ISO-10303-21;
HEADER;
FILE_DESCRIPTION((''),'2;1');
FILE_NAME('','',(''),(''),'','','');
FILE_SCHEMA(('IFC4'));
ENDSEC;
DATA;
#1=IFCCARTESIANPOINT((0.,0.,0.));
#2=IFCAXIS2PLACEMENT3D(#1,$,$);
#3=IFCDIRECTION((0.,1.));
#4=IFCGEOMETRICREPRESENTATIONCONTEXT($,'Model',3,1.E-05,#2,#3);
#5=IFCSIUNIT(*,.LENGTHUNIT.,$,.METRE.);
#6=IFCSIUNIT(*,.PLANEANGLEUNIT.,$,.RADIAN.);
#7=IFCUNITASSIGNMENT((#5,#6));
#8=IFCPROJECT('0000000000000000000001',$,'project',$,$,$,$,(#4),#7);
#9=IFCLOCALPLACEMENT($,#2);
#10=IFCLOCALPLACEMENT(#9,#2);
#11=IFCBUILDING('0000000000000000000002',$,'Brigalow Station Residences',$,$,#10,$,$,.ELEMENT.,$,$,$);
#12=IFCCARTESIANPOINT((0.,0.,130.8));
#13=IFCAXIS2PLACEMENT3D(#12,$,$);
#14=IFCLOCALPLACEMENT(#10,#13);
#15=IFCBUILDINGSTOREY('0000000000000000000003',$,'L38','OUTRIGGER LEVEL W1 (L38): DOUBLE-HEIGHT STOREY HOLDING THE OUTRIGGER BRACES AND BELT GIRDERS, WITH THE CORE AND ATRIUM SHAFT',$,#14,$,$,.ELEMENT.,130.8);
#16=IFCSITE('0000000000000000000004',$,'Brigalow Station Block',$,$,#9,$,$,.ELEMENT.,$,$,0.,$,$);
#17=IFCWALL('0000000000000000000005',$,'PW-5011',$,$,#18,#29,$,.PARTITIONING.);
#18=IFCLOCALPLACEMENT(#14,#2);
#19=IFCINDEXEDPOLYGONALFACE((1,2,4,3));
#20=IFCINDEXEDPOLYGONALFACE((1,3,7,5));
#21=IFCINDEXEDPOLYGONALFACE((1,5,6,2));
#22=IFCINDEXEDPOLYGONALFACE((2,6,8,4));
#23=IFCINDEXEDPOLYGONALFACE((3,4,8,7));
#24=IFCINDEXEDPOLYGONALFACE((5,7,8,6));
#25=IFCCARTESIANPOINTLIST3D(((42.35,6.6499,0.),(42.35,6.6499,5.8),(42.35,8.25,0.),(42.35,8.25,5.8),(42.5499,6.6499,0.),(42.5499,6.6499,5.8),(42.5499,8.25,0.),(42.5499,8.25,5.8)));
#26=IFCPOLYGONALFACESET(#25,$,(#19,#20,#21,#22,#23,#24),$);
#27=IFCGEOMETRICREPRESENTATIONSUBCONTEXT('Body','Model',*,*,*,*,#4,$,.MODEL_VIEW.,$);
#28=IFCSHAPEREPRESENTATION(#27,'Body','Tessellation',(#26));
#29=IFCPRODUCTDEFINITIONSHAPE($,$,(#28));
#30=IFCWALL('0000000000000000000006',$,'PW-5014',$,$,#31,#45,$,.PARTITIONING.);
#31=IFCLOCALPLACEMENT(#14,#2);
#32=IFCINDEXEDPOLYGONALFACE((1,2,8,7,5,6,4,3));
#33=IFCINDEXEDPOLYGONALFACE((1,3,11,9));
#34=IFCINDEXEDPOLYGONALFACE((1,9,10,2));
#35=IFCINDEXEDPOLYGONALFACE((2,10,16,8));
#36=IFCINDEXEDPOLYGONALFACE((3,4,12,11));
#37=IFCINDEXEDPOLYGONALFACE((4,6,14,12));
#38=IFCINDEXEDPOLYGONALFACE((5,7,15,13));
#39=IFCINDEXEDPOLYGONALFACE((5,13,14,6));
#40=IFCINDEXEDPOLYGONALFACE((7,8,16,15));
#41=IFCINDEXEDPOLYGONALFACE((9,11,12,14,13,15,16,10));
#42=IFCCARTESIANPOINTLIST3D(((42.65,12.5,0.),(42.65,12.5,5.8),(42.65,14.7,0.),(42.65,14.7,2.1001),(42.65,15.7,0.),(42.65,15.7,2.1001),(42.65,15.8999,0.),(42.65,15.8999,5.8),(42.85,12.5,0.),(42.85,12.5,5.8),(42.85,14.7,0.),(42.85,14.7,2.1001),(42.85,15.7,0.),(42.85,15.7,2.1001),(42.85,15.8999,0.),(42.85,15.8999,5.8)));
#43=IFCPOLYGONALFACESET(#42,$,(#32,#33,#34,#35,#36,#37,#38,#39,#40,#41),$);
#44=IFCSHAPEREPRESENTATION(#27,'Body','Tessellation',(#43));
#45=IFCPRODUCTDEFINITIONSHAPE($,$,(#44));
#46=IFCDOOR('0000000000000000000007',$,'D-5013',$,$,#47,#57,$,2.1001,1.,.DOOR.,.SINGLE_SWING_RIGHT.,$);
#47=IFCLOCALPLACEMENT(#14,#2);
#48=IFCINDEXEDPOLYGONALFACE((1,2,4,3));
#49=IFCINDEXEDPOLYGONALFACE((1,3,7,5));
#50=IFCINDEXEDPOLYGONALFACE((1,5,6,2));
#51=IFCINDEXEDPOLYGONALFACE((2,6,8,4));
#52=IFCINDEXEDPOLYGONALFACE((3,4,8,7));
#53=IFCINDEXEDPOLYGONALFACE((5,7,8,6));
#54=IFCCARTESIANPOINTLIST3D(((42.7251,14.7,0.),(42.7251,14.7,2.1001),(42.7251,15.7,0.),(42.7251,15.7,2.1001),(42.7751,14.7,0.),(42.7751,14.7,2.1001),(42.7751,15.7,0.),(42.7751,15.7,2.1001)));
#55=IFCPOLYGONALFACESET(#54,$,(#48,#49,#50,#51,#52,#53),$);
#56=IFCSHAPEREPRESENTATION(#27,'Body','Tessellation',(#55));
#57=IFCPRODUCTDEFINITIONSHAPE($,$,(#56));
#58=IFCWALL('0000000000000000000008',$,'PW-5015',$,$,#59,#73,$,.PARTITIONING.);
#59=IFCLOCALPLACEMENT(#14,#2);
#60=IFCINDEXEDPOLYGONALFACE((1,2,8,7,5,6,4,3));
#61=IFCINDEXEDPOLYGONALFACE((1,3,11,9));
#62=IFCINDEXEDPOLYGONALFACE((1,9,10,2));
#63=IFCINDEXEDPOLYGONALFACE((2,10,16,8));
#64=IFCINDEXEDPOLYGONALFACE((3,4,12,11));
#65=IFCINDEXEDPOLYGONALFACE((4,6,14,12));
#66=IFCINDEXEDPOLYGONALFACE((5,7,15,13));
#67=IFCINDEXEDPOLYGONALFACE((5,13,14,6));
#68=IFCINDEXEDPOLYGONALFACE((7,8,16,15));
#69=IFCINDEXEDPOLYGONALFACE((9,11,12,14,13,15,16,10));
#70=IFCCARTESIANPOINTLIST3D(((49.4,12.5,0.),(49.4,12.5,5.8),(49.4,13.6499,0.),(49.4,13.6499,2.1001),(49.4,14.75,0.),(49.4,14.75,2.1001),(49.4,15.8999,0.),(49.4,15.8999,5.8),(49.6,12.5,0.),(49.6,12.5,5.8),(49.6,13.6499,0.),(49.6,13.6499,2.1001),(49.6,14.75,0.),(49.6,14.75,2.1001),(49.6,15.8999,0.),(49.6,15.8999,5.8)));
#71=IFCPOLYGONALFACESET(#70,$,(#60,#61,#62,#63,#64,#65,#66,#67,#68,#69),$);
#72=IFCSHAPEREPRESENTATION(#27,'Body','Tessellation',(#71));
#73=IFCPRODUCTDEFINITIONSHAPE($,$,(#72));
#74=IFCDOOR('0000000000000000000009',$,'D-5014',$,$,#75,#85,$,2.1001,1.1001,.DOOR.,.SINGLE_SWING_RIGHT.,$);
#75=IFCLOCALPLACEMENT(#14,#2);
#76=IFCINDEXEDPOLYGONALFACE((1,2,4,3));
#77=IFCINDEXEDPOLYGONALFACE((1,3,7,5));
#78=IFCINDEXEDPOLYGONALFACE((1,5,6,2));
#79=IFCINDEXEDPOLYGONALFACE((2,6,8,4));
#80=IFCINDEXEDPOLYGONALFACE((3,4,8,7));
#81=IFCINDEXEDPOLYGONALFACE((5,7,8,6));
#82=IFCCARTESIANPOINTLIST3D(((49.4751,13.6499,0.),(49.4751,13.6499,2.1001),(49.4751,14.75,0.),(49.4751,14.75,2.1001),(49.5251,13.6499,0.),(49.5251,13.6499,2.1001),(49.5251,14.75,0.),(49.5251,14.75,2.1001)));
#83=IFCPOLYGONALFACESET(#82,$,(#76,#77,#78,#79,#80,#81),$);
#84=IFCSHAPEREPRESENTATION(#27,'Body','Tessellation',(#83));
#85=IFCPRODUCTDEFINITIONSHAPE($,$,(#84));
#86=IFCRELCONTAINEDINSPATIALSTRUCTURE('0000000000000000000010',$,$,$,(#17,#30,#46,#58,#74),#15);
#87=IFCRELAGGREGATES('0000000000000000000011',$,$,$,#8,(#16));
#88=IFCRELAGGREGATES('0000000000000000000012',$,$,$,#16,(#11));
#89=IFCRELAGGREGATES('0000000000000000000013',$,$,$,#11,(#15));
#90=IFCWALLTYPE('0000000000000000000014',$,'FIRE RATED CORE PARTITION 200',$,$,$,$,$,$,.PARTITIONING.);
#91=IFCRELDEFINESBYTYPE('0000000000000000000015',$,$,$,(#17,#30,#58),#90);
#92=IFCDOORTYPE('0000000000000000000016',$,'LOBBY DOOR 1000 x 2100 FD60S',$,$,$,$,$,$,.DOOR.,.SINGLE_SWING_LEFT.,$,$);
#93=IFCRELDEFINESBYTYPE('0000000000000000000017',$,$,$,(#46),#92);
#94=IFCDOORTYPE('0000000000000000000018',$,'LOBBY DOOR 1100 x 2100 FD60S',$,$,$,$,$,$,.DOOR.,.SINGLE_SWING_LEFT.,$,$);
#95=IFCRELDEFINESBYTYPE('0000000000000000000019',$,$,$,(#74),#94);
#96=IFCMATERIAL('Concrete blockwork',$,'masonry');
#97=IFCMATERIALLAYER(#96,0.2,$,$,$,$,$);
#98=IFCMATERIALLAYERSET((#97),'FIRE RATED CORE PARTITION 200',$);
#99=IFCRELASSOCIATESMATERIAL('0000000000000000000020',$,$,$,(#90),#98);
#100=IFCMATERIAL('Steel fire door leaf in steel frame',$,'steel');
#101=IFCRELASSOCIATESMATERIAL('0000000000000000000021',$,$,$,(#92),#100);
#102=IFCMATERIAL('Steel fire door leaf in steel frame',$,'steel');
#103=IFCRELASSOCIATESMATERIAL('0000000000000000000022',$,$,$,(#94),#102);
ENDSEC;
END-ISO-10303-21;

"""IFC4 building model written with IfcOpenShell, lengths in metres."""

from ifc_helpers import new_model, si_unit, direction, frame, frame_2d, origin, place, context, subcontext, project, spatial, rectangle, extrude, material, layer, layer_set, type_object, element, fill, save


model = new_model("IFC4")

# Units and contexts
model_context = context("Model", 3, precision=1e-05, world=origin(), true_north=direction((0.0, 1.0)))
body_context = subcontext(model_context, "Body", "Model", "MODEL_VIEW")
ifc_project = project(units=[si_unit("LENGTHUNIT", "METRE"), si_unit("PLANEANGLEUNIT", "RADIAN")], contexts=[model_context])

# Site, building, storey
site_placement = place(None, origin())
site = spatial("IfcSite", under=ifc_project, at=site_placement, Name="Brigalow Station Block", CompositionType="ELEMENT", RefElevation=0.0)
building_placement = place(site_placement, origin())
building = spatial("IfcBuilding", under=site, at=building_placement, Name="Brigalow Station Residences", CompositionType="ELEMENT")
storey_placement = place(building_placement, frame((0.0, 0.0, 130.8)))
storey = spatial("IfcBuildingStorey", under=building, at=storey_placement, Name="L38", Description="OUTRIGGER LEVEL W1 (L38): DOUBLE-HEIGHT STOREY HOLDING THE OUTRIGGER BRACES AND BELT GIRDERS, WITH THE CORE AND ATRIUM SHAFT", CompositionType="ELEMENT", Elevation=130.8)

# Shared definitions
ifc_material_1 = material(Name="Concrete blockwork", Category="masonry")
ifc_layer_1 = layer(ifc_material_1, 0.2)
ifc_layer_set_1 = layer_set([ifc_layer_1], Name="FIRE RATED CORE PARTITION 200")
wall_type_1 = type_object("IfcWallType", Name="FIRE RATED CORE PARTITION 200", PredefinedType="PARTITIONING", material=ifc_layer_set_1)

# Wall
wall_1_placement = place(storey_placement, frame((42.45, 6.6499, 0.0), z_axis=(0.0, 0.0, 1.0), x_axis=(0.0, 1.0, 0.0)))
element("IfcWall", 1, at=wall_1_placement, inside=storey, type_object=wall_type_1, Name="PW-5011", PredefinedType="PARTITIONING", context=body_context, shape_type="SweptSolid", body=[
    extrude(rectangle(XDim=1.6001, YDim=0.2, at=frame_2d((0.8, 0.0))), origin(), (0.0, 0.0, 1.0), 5.8),
])

# Walls, openings, doors
wall_2_placement = place(storey_placement, frame((42.75, 12.5, 0.0), z_axis=(0.0, 0.0, 1.0), x_axis=(0.0, 1.0, 0.0)))
wall_2 = element("IfcWall", 2, at=wall_2_placement, inside=storey, type_object=wall_type_1, Name="PW-5014", PredefinedType="PARTITIONING", context=body_context, shape_type="SweptSolid", body=[
    extrude(rectangle(XDim=3.3999, YDim=0.2, at=frame_2d((1.7, 0.0))), origin(), (0.0, 0.0, 1.0), 5.8),
])
opening_1_placement = place(wall_2_placement, frame((2.2, 0.0, 0.0)))
opening_1 = element("IfcOpeningElement", 3, at=opening_1_placement, cuts=wall_2, PredefinedType="OPENING", context=body_context, shape_type="SweptSolid", body=[
    extrude(rectangle(XDim=1.0, YDim=2.1001, at=frame_2d((0.5, 1.05))), frame((0.0, 0.1099, 0.0), z_axis=(0.0, -1.0, 0.0), x_axis=(1.0, 0.0, 0.0)), (0.0, 0.0, 1.0), 0.22),
])
ifc_material_2 = material(Name="Steel fire door leaf in steel frame", Category="steel")
door_type_1 = type_object("IfcDoorType", Name="LOBBY DOOR 1000 x 2100 FD60S", OperationType="SINGLE_SWING_LEFT", PredefinedType="DOOR", material=ifc_material_2)
door_1_placement = place(opening_1_placement, origin())
door_1 = element("IfcDoor", 4, at=door_1_placement, inside=storey, type_object=door_type_1, Name="D-5013", OperationType="SINGLE_SWING_RIGHT", OverallHeight=2.1001, OverallWidth=1.0, PredefinedType="DOOR", context=body_context, shape_type="SweptSolid", body=[
    extrude(rectangle(XDim=1.0, YDim=2.1001, at=frame_2d((0.5, 1.05))), frame((0.0, 0.0249, 0.0), z_axis=(0.0, -1.0, 0.0), x_axis=(1.0, 0.0, 0.0)), (0.0, 0.0, 1.0), 0.05),
])
fill(opening_1, door_1)
wall_3_placement = place(storey_placement, frame((49.5, 12.5, 0.0), z_axis=(0.0, 0.0, 1.0), x_axis=(0.0, 1.0, 0.0)))
wall_3 = element("IfcWall", 5, at=wall_3_placement, inside=storey, type_object=wall_type_1, Name="PW-5015", PredefinedType="PARTITIONING", context=body_context, shape_type="SweptSolid", body=[
    extrude(rectangle(XDim=3.3999, YDim=0.2, at=frame_2d((1.7, 0.0))), origin(), (0.0, 0.0, 1.0), 5.8),
])
opening_2_placement = place(wall_3_placement, frame((1.1499, 0.0, 0.0)))
opening_2 = element("IfcOpeningElement", 6, at=opening_2_placement, cuts=wall_3, PredefinedType="OPENING", context=body_context, shape_type="SweptSolid", body=[
    extrude(rectangle(XDim=1.1001, YDim=2.1001, at=frame_2d((0.55, 1.05))), frame((0.0, 0.1099, 0.0), z_axis=(0.0, -1.0, 0.0), x_axis=(1.0, 0.0, 0.0)), (0.0, 0.0, 1.0), 0.22),
])
ifc_material_3 = material(Name="Steel fire door leaf in steel frame", Category="steel")
door_type_2 = type_object("IfcDoorType", Name="LOBBY DOOR 1100 x 2100 FD60S", OperationType="SINGLE_SWING_LEFT", PredefinedType="DOOR", material=ifc_material_3)
door_2_placement = place(opening_2_placement, origin())
door_2 = element("IfcDoor", 7, at=door_2_placement, inside=storey, type_object=door_type_2, Name="D-5014", OperationType="SINGLE_SWING_RIGHT", OverallHeight=2.1001, OverallWidth=1.1001, PredefinedType="DOOR", context=body_context, shape_type="SweptSolid", body=[
    extrude(rectangle(XDim=1.1001, YDim=2.1001, at=frame_2d((0.55, 1.05))), frame((0.0, 0.0249, 0.0), z_axis=(0.0, -1.0, 0.0), x_axis=(1.0, 0.0, 0.0)), (0.0, 0.0, 1.0), 0.05),
])
fill(opening_2, door_2)

save(model, "model.ifc")
